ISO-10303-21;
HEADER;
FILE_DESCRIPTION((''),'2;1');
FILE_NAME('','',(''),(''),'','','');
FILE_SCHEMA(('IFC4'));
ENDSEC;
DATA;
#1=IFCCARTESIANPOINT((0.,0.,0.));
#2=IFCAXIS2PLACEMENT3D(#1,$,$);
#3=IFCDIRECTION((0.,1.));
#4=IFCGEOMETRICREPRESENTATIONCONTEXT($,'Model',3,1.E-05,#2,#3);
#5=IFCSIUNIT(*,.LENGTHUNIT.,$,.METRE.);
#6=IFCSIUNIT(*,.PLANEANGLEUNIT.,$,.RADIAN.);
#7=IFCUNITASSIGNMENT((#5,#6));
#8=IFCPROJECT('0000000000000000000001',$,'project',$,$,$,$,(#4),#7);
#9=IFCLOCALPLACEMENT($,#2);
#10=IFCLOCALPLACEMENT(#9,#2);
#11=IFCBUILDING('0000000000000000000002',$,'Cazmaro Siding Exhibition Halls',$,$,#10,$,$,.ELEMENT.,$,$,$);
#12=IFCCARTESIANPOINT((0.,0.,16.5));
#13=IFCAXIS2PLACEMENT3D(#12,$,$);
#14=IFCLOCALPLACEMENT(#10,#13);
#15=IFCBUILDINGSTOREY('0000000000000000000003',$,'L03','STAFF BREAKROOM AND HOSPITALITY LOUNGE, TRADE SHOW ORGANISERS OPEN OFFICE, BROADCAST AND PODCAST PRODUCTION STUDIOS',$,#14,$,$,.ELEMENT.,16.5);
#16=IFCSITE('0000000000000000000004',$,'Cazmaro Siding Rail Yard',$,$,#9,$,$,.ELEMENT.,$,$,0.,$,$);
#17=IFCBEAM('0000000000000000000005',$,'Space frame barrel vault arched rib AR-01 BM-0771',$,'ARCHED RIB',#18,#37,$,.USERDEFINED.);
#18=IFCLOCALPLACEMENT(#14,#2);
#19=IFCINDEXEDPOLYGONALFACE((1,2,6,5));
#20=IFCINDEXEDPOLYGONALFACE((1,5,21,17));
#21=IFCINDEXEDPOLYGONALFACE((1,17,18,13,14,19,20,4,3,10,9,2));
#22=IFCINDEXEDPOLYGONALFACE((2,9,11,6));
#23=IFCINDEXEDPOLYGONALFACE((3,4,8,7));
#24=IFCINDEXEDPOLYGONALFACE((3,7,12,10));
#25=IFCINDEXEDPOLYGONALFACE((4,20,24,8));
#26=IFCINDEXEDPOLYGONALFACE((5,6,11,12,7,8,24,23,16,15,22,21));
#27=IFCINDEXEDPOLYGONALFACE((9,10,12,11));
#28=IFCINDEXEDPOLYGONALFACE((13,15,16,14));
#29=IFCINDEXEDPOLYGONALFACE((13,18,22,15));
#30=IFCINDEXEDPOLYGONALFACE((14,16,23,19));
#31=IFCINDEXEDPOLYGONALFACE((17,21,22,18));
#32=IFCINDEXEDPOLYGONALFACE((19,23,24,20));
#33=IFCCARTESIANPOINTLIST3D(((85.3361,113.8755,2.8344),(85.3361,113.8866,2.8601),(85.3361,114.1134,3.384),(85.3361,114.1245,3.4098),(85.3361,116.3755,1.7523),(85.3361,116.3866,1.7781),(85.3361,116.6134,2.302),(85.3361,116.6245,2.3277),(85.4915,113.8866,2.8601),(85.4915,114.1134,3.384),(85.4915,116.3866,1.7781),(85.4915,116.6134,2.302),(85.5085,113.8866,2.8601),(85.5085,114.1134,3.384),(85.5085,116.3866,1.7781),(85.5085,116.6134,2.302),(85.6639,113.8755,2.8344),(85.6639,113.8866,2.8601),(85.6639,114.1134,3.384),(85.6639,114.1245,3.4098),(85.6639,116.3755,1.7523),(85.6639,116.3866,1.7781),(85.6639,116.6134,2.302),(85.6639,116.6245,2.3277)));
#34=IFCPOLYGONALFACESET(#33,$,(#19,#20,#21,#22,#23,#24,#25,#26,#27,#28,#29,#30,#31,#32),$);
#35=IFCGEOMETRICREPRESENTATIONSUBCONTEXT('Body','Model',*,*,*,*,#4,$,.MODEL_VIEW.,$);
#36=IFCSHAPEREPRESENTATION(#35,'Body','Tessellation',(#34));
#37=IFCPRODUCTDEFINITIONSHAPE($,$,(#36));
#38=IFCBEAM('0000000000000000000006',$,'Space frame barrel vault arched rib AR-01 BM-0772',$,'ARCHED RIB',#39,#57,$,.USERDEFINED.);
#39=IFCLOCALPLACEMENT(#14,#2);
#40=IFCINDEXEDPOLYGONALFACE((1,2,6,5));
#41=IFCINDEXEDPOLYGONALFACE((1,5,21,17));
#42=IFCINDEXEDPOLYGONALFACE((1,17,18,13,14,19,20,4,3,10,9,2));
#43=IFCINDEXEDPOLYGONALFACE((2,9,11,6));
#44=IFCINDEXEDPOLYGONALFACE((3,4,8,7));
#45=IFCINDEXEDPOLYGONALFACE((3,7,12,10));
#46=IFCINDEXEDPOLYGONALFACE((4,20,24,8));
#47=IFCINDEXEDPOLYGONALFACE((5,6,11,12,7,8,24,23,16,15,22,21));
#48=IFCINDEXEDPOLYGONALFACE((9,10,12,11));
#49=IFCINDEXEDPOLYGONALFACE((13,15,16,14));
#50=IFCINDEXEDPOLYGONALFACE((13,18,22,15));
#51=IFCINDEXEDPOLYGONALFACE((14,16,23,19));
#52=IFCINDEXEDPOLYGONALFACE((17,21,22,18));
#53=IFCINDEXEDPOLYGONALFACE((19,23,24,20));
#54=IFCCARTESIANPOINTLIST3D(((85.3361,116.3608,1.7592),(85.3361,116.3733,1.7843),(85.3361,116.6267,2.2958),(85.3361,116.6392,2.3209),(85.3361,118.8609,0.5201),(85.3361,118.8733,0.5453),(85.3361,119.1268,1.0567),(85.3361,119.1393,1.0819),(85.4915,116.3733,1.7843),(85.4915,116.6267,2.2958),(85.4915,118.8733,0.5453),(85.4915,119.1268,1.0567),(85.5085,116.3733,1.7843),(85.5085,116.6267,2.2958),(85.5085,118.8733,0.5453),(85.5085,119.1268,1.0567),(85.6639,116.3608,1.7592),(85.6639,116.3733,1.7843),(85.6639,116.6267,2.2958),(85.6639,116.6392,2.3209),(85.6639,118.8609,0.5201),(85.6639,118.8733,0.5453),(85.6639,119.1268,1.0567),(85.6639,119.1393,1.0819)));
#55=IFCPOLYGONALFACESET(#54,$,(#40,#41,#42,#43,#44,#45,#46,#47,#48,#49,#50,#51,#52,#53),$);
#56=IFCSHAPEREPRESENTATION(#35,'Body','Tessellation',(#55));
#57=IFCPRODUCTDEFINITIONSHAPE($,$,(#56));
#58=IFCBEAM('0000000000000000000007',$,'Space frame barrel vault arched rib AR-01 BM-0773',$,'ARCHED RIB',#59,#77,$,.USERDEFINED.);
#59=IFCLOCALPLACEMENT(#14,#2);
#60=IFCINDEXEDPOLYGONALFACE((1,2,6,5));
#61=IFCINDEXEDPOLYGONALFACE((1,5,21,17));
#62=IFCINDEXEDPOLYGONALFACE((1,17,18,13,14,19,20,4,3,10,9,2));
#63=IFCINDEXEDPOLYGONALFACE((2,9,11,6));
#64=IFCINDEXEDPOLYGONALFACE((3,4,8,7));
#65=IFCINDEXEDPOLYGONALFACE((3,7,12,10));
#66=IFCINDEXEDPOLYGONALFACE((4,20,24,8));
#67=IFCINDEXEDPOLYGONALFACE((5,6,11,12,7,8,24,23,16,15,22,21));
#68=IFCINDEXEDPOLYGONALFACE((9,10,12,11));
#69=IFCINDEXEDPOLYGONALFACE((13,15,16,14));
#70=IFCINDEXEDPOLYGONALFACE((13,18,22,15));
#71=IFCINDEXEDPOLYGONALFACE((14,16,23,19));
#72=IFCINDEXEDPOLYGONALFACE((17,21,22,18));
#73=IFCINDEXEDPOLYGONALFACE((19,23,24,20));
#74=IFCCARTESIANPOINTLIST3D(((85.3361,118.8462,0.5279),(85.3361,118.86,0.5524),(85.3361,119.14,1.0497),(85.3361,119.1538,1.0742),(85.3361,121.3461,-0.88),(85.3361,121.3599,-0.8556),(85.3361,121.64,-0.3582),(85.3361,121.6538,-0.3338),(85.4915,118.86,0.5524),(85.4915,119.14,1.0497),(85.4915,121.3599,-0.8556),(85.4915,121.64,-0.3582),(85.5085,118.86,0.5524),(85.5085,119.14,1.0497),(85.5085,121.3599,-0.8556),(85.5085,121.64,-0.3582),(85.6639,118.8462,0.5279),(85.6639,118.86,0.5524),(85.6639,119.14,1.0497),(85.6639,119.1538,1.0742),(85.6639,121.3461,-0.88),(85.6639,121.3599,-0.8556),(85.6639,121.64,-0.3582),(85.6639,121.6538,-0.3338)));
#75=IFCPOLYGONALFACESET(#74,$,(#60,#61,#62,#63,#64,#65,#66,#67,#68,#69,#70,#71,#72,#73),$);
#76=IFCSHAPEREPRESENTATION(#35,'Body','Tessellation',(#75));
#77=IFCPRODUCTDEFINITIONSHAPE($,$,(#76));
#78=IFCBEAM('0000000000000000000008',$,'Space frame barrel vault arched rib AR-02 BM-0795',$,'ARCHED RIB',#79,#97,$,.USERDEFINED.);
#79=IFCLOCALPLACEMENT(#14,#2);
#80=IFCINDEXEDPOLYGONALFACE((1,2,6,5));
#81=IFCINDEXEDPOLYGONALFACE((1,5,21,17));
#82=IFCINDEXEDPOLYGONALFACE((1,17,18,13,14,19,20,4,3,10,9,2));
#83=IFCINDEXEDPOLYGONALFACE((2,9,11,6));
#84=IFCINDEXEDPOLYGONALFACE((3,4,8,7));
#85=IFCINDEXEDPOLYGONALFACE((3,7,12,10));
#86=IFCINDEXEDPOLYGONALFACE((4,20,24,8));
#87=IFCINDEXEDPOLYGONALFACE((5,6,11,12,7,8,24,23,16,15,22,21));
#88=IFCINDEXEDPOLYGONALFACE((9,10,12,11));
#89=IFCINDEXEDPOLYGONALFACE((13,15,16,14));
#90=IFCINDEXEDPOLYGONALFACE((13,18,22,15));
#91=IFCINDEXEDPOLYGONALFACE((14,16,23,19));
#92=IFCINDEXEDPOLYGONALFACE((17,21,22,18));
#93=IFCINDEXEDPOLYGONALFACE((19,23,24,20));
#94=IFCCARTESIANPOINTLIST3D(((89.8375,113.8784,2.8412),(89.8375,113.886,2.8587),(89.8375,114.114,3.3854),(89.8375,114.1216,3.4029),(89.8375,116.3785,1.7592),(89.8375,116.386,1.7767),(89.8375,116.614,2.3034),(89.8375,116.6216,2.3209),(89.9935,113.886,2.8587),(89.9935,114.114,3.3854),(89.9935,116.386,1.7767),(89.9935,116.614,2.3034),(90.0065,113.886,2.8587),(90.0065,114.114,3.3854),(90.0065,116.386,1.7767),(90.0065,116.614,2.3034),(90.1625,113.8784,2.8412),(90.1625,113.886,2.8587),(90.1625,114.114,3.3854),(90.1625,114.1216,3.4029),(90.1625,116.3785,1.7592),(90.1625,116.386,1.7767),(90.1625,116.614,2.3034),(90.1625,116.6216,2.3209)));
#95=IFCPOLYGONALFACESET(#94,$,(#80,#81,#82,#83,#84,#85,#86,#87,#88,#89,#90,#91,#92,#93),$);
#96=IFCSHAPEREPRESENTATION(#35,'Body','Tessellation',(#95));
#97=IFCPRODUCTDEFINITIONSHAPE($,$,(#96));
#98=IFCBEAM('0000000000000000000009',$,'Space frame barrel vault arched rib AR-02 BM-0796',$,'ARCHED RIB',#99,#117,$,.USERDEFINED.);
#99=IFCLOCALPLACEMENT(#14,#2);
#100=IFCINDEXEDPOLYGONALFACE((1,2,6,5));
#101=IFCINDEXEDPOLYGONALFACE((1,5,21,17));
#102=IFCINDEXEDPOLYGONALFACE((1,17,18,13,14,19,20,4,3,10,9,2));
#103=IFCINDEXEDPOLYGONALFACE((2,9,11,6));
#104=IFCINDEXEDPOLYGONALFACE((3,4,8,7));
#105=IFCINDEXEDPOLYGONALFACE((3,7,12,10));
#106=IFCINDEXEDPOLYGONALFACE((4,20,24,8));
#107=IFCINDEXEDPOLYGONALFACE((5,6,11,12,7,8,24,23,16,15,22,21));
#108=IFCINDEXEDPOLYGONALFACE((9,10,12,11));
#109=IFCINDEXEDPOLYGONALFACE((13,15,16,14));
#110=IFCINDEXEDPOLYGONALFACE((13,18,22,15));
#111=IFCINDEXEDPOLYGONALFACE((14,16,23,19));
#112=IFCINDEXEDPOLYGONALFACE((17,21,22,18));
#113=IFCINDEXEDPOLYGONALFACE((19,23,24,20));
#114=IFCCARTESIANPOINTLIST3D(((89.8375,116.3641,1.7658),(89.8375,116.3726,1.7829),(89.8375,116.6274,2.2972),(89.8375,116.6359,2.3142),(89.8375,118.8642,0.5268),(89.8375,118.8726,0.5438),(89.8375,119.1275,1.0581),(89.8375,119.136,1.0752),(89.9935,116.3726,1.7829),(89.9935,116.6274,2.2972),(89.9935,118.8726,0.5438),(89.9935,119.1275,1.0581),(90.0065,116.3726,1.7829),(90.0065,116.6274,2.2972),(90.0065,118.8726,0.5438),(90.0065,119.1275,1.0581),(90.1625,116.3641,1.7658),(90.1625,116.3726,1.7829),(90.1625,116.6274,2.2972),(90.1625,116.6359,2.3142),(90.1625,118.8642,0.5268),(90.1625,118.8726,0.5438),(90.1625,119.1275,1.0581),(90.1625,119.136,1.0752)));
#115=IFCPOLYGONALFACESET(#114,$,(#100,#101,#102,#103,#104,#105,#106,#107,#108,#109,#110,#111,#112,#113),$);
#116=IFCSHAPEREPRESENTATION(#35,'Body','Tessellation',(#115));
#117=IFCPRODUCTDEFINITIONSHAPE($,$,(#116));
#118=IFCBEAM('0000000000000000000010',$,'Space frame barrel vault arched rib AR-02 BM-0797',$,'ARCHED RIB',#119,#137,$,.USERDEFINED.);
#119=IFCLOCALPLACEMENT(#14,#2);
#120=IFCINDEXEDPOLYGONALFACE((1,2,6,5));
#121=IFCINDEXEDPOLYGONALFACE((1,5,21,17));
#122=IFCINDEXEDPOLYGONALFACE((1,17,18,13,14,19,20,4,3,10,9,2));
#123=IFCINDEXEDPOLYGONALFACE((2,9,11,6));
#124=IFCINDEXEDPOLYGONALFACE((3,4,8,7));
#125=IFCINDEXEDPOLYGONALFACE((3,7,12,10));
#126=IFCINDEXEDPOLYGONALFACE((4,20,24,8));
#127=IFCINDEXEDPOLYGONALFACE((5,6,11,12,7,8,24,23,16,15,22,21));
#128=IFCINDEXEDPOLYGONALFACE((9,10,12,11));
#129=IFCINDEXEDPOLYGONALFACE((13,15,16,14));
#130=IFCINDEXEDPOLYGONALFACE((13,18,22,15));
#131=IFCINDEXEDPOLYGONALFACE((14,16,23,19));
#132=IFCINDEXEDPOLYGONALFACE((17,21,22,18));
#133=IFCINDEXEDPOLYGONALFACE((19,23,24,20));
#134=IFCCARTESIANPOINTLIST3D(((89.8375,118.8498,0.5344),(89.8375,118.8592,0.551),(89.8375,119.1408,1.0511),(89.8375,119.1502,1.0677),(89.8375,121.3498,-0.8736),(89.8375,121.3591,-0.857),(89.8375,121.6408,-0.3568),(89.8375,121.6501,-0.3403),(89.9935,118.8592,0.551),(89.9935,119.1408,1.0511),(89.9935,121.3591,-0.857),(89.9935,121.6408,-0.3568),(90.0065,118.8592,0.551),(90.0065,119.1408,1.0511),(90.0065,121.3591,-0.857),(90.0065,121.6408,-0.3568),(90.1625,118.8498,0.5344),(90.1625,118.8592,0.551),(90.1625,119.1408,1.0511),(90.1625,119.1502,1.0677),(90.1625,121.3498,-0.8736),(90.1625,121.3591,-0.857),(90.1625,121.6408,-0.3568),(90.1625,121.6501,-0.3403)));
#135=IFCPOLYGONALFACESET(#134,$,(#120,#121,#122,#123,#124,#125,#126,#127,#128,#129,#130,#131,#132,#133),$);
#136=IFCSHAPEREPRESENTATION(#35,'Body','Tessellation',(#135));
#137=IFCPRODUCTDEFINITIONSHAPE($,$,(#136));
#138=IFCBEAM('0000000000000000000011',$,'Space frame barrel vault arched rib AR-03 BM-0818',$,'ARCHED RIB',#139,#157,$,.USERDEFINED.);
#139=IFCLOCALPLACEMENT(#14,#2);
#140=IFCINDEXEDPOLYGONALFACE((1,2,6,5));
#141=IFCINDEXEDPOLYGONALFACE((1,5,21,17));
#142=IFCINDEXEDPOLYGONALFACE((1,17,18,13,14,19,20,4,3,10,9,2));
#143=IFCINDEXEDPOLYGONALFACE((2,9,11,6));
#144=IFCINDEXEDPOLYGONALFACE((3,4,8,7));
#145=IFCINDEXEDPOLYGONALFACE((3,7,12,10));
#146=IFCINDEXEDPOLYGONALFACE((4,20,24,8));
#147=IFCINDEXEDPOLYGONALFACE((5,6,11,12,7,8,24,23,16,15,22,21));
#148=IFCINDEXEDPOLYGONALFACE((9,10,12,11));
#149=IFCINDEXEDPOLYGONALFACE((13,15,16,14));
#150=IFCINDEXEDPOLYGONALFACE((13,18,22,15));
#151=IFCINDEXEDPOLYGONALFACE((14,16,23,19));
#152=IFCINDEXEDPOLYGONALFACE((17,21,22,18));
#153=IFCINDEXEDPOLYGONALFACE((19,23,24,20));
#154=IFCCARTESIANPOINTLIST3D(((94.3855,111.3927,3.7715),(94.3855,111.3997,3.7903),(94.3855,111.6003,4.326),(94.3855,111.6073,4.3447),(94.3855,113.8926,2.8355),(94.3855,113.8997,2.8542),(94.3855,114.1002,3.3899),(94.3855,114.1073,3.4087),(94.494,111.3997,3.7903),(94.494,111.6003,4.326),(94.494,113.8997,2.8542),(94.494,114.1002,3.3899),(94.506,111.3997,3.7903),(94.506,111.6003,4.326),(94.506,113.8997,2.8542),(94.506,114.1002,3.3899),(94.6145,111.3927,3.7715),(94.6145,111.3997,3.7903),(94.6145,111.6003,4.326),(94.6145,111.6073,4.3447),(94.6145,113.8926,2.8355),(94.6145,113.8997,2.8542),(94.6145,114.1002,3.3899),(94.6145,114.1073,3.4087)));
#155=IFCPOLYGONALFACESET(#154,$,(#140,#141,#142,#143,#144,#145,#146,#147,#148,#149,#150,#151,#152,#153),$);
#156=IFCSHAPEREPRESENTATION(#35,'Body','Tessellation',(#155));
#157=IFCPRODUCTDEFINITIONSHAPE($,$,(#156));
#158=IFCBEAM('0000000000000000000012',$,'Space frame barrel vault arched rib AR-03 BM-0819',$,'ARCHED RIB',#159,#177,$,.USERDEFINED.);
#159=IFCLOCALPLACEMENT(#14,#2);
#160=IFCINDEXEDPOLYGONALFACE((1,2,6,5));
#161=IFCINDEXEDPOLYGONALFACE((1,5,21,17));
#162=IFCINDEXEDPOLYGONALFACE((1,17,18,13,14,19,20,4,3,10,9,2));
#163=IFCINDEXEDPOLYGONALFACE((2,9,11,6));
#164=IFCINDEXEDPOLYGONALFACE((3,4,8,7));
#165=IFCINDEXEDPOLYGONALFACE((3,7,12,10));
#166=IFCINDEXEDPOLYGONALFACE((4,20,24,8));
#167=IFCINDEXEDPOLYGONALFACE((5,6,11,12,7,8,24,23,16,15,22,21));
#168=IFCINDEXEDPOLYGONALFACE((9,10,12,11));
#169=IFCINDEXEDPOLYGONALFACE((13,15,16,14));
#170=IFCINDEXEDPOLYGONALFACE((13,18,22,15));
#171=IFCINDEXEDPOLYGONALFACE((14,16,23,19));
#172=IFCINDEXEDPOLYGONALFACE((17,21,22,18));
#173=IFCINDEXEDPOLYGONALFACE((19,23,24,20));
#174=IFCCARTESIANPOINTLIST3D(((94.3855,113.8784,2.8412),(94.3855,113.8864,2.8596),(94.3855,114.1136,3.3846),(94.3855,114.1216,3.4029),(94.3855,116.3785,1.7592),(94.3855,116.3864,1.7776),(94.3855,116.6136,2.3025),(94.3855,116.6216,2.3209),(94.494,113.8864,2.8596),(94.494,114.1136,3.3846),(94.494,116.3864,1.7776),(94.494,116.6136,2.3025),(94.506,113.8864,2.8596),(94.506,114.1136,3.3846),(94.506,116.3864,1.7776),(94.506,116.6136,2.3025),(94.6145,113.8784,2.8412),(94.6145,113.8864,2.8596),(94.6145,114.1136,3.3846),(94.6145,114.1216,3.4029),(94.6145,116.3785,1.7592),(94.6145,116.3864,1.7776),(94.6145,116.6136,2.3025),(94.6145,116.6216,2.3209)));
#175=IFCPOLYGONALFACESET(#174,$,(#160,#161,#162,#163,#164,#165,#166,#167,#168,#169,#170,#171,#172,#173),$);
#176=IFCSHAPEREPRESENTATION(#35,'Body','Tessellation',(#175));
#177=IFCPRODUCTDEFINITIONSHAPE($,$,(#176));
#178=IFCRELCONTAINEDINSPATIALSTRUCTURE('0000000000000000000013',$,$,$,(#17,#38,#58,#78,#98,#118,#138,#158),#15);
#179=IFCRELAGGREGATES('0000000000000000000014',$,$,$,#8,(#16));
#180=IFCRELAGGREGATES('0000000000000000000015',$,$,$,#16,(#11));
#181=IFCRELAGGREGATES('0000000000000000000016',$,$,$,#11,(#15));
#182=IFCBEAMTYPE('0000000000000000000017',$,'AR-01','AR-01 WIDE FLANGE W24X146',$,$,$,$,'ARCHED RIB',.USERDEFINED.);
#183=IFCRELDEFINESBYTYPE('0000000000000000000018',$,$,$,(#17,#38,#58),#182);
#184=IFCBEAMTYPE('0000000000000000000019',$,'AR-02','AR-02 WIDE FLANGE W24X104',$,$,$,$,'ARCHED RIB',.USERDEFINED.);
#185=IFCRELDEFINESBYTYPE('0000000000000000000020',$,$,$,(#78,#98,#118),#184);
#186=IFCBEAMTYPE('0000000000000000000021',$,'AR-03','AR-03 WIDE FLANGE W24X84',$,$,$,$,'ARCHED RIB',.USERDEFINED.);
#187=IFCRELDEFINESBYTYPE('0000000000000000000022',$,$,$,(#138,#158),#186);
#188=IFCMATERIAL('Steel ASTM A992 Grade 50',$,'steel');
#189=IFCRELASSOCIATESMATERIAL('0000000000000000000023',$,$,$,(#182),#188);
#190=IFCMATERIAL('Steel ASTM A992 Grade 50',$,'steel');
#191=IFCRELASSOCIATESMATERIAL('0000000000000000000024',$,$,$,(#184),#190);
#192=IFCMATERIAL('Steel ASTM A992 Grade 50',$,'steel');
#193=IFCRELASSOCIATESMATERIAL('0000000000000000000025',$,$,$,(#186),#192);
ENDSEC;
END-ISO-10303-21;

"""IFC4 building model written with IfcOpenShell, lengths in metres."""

from ifc_helpers import new_model, si_unit, direction, frame, origin, origin_2d, place, context, subcontext, project, spatial, i_section, extrude, material, material_profile, profile_set, type_object, element, save


model = new_model("IFC4")

# Units and contexts
model_context = context("Model", 3, precision=1e-05, world=origin(), true_north=direction((0.0, 1.0)))
body_context = subcontext(model_context, "Body", "Model", "MODEL_VIEW")
ifc_project = project(units=[si_unit("LENGTHUNIT", "METRE"), si_unit("PLANEANGLEUNIT", "RADIAN")], contexts=[model_context])

# Site, building, storey
site_placement = place(None, origin())
site = spatial("IfcSite", under=ifc_project, at=site_placement, Name="Cazmaro Siding Rail Yard", CompositionType="ELEMENT", RefElevation=0.0)
building_placement = place(site_placement, origin())
building = spatial("IfcBuilding", under=site, at=building_placement, Name="Cazmaro Siding Exhibition Halls", CompositionType="ELEMENT")
storey_placement = place(building_placement, frame((0.0, 0.0, 16.5)))
storey = spatial("IfcBuildingStorey", under=building, at=storey_placement, Name="L03", Description="STAFF BREAKROOM AND HOSPITALITY LOUNGE, TRADE SHOW ORGANISERS OPEN OFFICE, BROADCAST AND PODCAST PRODUCTION STUDIOS", CompositionType="ELEMENT", Elevation=16.5)

# Beams
ifc_material_1 = material(Name="Steel ASTM A992 Grade 50", Category="steel")
ifc_material_profile_1 = material_profile(ifc_material_1, i_section(OverallWidth=0.3279, OverallDepth=0.627, WebThickness=0.0171, FlangeThickness=0.0281, at=origin_2d()), Name="W24X146")
ifc_profile_set_1 = profile_set([ifc_material_profile_1], Name="Steel ASTM A992 Grade 50")
beam_type_1 = type_object("IfcBeamType", Name="AR-01", Description="AR-01 WIDE FLANGE W24X146", ElementType="ARCHED RIB", PredefinedType="USERDEFINED", material=ifc_profile_set_1)
beam_1_placement = place(storey_placement, frame((85.5, 114.0, 3.1221), z_axis=(0.0, 0.91773, -0.397205), x_axis=(-1.0, 0.0, 0.0)))
element("IfcBeam", 1, at=beam_1_placement, inside=storey, type_object=beam_type_1, Name="Space frame barrel vault arched rib AR-01 BM-0771", ObjectType="ARCHED RIB", PredefinedType="USERDEFINED", context=body_context, shape_type="SweptSolid", body=[
    extrude(i_section(OverallWidth=0.3279, OverallDepth=0.627, WebThickness=0.0171, FlangeThickness=0.0281, at=origin_2d()), origin(), (0.0, 0.0, 1.0), 2.7241),
])
beam_2_placement = place(storey_placement, frame((85.5, 116.5, 2.04), z_axis=(0.0, 0.895997, -0.444061), x_axis=(-1.0, 0.0, 0.0)))
element("IfcBeam", 2, at=beam_2_placement, inside=storey, type_object=beam_type_1, Name="Space frame barrel vault arched rib AR-01 BM-0772", ObjectType="ARCHED RIB", PredefinedType="USERDEFINED", context=body_context, shape_type="SweptSolid", body=[
    extrude(i_section(OverallWidth=0.3279, OverallDepth=0.627, WebThickness=0.0171, FlangeThickness=0.0281, at=origin_2d()), origin(), (0.0, 0.0, 1.0), 2.7903),
])
beam_3_placement = place(storey_placement, frame((85.5, 119.0, 0.801), z_axis=(0.0, 0.871321, -0.490714), x_axis=(-1.0, 0.0, 0.0)))
element("IfcBeam", 3, at=beam_3_placement, inside=storey, type_object=beam_type_1, Name="Space frame barrel vault arched rib AR-01 BM-0773", ObjectType="ARCHED RIB", PredefinedType="USERDEFINED", context=body_context, shape_type="SweptSolid", body=[
    extrude(i_section(OverallWidth=0.3279, OverallDepth=0.627, WebThickness=0.0171, FlangeThickness=0.0281, at=origin_2d()), origin(), (0.0, 0.0, 1.0), 2.8691),
])
ifc_material_2 = material(Name="Steel ASTM A992 Grade 50", Category="steel")
ifc_material_profile_2 = material_profile(ifc_material_2, i_section(OverallWidth=0.325, OverallDepth=0.6121, WebThickness=0.0129, FlangeThickness=0.019, at=origin_2d()), Name="W24X104")
ifc_profile_set_2 = profile_set([ifc_material_profile_2], Name="Steel ASTM A992 Grade 50")
beam_type_2 = type_object("IfcBeamType", Name="AR-02", Description="AR-02 WIDE FLANGE W24X104", ElementType="ARCHED RIB", PredefinedType="USERDEFINED", material=ifc_profile_set_2)
beam_4_placement = place(storey_placement, frame((90.0, 114.0, 3.1221), z_axis=(0.0, 0.91773, -0.397205), x_axis=(-1.0, 0.0, 0.0)))
element("IfcBeam", 4, at=beam_4_placement, inside=storey, type_object=beam_type_2, Name="Space frame barrel vault arched rib AR-02 BM-0795", ObjectType="ARCHED RIB", PredefinedType="USERDEFINED", context=body_context, shape_type="SweptSolid", body=[
    extrude(i_section(OverallWidth=0.325, OverallDepth=0.6121, WebThickness=0.0129, FlangeThickness=0.019, at=origin_2d()), origin(), (0.0, 0.0, 1.0), 2.7241),
])
beam_5_placement = place(storey_placement, frame((90.0, 116.5, 2.04), z_axis=(0.0, 0.895997, -0.444061), x_axis=(-1.0, 0.0, 0.0)))
element("IfcBeam", 5, at=beam_5_placement, inside=storey, type_object=beam_type_2, Name="Space frame barrel vault arched rib AR-02 BM-0796", ObjectType="ARCHED RIB", PredefinedType="USERDEFINED", context=body_context, shape_type="SweptSolid", body=[
    extrude(i_section(OverallWidth=0.325, OverallDepth=0.6121, WebThickness=0.0129, FlangeThickness=0.019, at=origin_2d()), origin(), (0.0, 0.0, 1.0), 2.7903),
])
beam_6_placement = place(storey_placement, frame((90.0, 119.0, 0.801), z_axis=(0.0, 0.871321, -0.490714), x_axis=(-1.0, 0.0, 0.0)))
element("IfcBeam", 6, at=beam_6_placement, inside=storey, type_object=beam_type_2, Name="Space frame barrel vault arched rib AR-02 BM-0797", ObjectType="ARCHED RIB", PredefinedType="USERDEFINED", context=body_context, shape_type="SweptSolid", body=[
    extrude(i_section(OverallWidth=0.325, OverallDepth=0.6121, WebThickness=0.0129, FlangeThickness=0.019, at=origin_2d()), origin(), (0.0, 0.0, 1.0), 2.8691),
])
ifc_material_3 = material(Name="Steel ASTM A992 Grade 50", Category="steel")
ifc_material_profile_3 = material_profile(ifc_material_3, i_section(OverallWidth=0.229, OverallDepth=0.6121, WebThickness=0.012, FlangeThickness=0.02, at=origin_2d()), Name="W24X84")
ifc_profile_set_3 = profile_set([ifc_material_profile_3], Name="Steel ASTM A992 Grade 50")
beam_type_3 = type_object("IfcBeamType", Name="AR-03", Description="AR-03 WIDE FLANGE W24X84", ElementType="ARCHED RIB", PredefinedType="USERDEFINED", material=ifc_profile_set_3)
beam_7_placement = place(storey_placement, frame((94.5, 111.5, 4.0581), z_axis=(0.0, 0.936509, -0.350642), x_axis=(-1.0, 0.0, 0.0)))
element("IfcBeam", 7, at=beam_7_placement, inside=storey, type_object=beam_type_3, Name="Space frame barrel vault arched rib AR-03 BM-0818", ObjectType="ARCHED RIB", PredefinedType="USERDEFINED", context=body_context, shape_type="SweptSolid", body=[
    extrude(i_section(OverallWidth=0.229, OverallDepth=0.6121, WebThickness=0.012, FlangeThickness=0.02, at=origin_2d()), origin(), (0.0, 0.0, 1.0), 2.6694),
])
beam_8_placement = place(storey_placement, frame((94.5, 114.0, 3.1221), z_axis=(0.0, 0.91773, -0.397205), x_axis=(-1.0, 0.0, 0.0)))
element("IfcBeam", 8, at=beam_8_placement, inside=storey, type_object=beam_type_3, Name="Space frame barrel vault arched rib AR-03 BM-0819", ObjectType="ARCHED RIB", PredefinedType="USERDEFINED", context=body_context, shape_type="SweptSolid", body=[
    extrude(i_section(OverallWidth=0.229, OverallDepth=0.6121, WebThickness=0.012, FlangeThickness=0.02, at=origin_2d()), origin(), (0.0, 0.0, 1.0), 2.7241),
])

save(model, "model.ifc")
